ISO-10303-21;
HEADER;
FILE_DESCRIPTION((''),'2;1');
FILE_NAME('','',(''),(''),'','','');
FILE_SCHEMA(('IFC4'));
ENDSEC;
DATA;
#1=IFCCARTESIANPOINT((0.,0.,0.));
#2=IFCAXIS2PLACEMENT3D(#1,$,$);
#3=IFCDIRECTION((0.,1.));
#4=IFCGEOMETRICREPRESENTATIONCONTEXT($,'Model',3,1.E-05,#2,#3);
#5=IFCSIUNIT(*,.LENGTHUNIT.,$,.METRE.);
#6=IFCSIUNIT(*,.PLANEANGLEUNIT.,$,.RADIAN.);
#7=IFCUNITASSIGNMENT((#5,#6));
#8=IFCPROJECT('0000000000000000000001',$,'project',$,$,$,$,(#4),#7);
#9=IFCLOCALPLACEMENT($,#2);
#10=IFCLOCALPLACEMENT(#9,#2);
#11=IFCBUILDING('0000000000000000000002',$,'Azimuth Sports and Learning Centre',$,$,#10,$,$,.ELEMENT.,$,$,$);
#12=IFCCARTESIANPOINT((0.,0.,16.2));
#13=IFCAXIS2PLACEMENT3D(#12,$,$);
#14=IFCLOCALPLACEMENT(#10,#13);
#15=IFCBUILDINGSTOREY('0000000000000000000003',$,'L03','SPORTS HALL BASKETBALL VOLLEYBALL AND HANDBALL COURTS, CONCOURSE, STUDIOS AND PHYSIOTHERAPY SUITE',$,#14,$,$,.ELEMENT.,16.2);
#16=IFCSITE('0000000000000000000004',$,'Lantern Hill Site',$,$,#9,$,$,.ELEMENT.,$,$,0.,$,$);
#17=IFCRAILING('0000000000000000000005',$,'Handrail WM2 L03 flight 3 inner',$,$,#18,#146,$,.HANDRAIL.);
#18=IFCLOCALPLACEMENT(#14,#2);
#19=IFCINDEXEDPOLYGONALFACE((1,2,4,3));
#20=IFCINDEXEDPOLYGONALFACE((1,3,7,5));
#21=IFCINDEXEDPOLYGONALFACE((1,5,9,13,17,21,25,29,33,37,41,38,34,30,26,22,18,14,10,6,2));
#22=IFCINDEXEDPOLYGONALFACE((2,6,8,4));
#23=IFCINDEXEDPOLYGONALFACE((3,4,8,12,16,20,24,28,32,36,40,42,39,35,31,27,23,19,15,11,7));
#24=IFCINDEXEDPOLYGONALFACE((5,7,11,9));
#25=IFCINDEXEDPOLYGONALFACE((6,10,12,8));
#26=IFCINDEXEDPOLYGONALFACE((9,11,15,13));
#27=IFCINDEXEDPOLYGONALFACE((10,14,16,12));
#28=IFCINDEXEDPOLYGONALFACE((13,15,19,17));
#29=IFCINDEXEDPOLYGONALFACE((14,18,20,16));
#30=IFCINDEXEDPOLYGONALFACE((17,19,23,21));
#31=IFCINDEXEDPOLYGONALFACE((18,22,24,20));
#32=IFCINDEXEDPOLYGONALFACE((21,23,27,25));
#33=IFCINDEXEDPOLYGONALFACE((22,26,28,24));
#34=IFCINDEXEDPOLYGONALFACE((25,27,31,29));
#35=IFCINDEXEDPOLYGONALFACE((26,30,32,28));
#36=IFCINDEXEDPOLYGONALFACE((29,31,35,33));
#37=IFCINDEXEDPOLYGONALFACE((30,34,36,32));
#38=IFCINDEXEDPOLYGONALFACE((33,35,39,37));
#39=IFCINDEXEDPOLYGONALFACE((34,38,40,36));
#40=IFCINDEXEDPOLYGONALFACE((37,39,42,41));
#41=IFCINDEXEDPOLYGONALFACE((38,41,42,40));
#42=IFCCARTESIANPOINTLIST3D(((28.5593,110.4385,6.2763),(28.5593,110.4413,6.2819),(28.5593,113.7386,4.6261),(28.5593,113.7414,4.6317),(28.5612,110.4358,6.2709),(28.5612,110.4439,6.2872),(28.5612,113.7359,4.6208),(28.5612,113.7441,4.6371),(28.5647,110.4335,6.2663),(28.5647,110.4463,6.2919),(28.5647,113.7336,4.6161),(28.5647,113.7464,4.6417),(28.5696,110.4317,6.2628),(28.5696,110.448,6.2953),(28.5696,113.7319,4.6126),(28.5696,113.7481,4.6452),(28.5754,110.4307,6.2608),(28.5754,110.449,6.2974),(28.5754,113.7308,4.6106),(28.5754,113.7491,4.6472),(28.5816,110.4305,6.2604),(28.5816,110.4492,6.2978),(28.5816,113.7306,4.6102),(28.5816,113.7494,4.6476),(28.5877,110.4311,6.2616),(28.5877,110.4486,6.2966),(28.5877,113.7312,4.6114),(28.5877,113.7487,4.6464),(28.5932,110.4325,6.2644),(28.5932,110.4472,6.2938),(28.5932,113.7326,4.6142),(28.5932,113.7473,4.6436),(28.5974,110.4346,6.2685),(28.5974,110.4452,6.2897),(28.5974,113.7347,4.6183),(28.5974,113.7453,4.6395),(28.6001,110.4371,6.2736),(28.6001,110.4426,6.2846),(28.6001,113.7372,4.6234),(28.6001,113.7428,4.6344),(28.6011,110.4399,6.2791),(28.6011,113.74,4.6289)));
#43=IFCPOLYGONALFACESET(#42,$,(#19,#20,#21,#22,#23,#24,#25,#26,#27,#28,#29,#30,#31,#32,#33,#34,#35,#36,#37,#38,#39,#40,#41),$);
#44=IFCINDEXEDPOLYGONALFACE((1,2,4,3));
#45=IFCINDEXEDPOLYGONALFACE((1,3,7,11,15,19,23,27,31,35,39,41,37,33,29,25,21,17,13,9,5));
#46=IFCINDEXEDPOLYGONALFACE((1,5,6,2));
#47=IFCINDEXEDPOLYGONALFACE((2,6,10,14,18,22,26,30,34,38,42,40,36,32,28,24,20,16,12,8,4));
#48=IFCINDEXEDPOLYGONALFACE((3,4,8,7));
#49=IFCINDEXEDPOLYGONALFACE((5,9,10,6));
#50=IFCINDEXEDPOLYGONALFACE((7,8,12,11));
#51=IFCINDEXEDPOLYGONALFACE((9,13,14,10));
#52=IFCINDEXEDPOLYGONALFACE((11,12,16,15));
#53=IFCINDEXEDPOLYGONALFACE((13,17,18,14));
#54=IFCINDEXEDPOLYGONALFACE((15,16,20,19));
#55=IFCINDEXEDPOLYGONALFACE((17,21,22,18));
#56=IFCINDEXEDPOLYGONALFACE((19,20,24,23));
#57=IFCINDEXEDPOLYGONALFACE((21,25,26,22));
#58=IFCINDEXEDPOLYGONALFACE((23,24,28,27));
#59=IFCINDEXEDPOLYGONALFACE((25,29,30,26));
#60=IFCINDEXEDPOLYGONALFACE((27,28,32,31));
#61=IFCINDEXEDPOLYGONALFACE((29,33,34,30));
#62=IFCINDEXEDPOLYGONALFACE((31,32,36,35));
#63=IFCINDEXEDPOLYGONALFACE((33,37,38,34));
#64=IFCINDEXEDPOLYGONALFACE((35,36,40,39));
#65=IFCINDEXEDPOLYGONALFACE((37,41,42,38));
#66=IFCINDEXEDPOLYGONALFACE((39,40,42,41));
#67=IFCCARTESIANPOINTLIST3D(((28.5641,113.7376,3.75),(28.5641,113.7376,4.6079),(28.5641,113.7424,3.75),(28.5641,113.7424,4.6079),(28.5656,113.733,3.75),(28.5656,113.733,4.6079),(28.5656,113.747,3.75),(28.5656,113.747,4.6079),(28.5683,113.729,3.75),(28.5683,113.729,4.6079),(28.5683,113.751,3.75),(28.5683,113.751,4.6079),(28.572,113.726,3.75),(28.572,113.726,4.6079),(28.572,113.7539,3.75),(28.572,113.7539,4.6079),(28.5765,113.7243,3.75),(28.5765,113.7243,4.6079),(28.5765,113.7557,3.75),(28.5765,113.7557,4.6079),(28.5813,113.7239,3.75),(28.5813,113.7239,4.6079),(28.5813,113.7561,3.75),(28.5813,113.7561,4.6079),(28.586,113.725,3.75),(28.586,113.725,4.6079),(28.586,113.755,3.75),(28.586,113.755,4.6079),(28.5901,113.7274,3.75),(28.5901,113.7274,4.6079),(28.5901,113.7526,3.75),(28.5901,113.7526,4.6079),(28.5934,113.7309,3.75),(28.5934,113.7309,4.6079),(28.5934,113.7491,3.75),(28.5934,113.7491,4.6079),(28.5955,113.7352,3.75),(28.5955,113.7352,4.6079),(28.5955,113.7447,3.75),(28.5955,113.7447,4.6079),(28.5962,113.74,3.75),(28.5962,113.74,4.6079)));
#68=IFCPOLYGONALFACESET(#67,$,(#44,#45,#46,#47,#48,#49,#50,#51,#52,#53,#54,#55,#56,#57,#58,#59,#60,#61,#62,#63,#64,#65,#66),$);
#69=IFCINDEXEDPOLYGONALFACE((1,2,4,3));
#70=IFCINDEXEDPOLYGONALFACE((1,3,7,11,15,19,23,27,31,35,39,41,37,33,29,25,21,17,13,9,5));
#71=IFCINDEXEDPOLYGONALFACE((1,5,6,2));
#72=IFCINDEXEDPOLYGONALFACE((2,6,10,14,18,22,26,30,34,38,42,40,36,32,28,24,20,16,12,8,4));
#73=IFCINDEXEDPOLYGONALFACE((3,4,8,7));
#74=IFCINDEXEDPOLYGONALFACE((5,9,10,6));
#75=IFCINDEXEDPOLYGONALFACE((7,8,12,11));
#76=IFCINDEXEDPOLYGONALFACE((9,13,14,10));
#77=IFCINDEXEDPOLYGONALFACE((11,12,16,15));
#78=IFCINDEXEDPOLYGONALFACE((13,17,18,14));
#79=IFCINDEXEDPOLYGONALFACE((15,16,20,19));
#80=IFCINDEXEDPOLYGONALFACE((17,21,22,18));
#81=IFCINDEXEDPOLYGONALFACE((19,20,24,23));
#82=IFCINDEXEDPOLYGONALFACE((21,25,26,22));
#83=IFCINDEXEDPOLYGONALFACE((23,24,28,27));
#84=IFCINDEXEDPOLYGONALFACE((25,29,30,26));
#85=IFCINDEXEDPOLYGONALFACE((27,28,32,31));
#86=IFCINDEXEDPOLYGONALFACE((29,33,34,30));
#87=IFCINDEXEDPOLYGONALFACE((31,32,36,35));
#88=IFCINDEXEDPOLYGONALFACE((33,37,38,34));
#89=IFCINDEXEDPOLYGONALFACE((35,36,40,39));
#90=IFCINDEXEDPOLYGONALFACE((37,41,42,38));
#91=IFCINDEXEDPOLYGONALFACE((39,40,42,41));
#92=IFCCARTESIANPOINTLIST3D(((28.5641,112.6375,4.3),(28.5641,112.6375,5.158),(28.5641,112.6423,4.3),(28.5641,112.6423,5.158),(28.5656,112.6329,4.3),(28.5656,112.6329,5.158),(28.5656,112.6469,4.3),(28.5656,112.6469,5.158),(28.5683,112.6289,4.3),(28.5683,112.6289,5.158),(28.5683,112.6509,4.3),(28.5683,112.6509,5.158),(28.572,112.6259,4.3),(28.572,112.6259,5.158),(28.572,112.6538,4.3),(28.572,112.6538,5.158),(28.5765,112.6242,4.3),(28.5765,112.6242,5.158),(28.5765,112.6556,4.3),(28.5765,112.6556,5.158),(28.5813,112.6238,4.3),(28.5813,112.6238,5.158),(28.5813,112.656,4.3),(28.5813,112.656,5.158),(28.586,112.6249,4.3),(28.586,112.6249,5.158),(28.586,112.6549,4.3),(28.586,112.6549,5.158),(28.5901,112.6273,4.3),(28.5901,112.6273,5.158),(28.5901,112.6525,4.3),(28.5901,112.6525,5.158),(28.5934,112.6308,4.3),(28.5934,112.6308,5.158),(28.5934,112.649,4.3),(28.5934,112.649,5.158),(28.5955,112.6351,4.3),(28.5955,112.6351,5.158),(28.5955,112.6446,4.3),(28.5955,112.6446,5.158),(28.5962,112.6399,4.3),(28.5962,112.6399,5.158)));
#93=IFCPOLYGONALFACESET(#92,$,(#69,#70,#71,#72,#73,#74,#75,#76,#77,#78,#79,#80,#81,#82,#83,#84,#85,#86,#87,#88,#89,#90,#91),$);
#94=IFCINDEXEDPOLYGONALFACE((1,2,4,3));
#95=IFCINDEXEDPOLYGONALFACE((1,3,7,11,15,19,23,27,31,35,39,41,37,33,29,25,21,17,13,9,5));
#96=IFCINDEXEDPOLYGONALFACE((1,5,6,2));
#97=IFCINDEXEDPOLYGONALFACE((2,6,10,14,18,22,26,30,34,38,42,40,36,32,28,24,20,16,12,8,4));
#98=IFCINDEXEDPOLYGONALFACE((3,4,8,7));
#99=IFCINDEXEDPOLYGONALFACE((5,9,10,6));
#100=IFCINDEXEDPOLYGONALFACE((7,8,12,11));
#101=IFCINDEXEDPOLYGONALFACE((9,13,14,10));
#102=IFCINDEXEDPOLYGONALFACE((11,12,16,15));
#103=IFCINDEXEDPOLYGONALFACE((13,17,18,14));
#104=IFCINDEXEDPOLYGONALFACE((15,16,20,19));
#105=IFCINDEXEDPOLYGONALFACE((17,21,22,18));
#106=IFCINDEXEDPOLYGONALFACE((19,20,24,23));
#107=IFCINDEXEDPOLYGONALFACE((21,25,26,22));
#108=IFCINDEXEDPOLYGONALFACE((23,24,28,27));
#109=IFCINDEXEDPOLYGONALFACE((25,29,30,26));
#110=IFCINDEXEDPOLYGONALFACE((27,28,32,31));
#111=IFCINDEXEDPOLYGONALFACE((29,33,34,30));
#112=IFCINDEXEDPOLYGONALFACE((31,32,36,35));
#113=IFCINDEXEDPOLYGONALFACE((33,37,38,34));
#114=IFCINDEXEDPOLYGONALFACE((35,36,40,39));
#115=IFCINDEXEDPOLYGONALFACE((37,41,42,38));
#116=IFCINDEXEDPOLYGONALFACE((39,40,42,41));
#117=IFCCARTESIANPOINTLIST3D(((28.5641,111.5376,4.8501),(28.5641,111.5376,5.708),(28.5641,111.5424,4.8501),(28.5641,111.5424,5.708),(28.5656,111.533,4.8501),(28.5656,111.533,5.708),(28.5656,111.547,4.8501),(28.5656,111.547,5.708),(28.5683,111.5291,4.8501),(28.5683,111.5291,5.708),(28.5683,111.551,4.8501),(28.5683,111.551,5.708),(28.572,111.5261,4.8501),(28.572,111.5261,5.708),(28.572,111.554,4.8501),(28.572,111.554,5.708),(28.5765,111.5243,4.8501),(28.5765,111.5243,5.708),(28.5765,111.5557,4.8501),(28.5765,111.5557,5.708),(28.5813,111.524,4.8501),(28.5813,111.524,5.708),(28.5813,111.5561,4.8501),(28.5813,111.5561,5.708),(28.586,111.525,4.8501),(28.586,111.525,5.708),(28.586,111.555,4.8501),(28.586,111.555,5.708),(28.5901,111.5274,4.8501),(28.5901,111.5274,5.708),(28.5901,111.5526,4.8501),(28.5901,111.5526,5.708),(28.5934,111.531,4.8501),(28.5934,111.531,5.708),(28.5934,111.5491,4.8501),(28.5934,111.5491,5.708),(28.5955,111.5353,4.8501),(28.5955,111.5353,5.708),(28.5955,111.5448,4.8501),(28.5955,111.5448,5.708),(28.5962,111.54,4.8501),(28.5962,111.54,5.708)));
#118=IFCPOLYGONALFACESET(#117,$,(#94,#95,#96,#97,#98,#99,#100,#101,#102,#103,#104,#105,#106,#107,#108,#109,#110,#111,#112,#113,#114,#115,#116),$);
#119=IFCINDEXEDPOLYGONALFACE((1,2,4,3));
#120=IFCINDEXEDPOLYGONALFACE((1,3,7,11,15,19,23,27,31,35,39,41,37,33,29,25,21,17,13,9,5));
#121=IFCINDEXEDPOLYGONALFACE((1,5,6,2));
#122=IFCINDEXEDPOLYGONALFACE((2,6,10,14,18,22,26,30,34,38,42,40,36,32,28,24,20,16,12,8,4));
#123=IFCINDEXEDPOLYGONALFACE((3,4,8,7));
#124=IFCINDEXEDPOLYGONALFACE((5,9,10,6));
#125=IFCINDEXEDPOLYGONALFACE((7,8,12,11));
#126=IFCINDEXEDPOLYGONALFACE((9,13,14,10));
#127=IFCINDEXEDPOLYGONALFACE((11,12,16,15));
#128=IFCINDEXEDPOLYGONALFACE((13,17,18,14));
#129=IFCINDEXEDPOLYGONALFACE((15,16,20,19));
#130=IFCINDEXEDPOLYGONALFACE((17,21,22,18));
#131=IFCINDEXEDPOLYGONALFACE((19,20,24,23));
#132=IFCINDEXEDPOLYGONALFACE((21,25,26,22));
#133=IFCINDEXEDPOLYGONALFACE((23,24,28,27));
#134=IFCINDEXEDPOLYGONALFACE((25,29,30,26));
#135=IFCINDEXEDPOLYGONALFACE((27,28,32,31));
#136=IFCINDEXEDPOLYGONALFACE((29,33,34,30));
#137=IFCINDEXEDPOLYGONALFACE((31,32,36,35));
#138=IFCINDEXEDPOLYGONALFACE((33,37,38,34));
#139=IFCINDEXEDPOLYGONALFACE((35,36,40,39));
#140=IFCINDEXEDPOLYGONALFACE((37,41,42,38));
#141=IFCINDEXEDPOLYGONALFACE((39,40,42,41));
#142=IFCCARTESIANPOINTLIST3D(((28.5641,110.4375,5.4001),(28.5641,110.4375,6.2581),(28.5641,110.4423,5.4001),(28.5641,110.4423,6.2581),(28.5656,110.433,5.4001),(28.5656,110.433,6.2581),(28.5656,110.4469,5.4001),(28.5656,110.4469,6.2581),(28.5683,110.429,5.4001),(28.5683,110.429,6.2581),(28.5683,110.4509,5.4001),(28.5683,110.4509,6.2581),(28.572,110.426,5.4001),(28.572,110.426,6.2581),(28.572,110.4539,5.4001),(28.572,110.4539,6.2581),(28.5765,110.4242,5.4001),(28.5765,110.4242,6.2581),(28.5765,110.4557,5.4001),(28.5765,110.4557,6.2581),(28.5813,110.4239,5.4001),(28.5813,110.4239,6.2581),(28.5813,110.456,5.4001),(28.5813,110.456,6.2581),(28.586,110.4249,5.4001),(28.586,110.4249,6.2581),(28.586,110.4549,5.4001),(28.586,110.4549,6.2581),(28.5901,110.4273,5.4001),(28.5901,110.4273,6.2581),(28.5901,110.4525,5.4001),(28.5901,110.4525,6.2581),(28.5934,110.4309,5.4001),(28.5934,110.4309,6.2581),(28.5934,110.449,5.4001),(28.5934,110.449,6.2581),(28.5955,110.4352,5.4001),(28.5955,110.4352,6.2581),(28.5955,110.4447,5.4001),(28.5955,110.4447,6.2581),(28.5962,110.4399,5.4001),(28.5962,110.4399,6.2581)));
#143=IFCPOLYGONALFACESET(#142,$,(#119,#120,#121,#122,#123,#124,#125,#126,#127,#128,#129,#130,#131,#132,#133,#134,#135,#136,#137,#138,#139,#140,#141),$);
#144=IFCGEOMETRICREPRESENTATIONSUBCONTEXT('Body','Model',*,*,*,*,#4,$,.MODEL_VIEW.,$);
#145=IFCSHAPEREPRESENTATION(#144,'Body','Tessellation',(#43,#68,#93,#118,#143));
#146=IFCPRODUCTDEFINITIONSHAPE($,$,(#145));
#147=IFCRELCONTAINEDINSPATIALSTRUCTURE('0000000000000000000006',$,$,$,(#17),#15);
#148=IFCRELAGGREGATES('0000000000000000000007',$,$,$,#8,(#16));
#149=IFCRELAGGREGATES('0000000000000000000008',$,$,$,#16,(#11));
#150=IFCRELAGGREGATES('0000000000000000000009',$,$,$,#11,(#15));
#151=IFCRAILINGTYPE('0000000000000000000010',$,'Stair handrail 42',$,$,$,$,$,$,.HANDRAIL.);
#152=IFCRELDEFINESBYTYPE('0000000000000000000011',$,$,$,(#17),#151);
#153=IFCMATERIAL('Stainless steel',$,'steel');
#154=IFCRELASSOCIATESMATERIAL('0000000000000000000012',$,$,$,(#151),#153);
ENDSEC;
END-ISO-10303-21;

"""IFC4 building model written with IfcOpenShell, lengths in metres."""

from ifc_helpers import new_model, si_unit, direction, frame, origin, origin_2d, place, context, subcontext, project, spatial, circle, extrude, material, type_object, element, save


model = new_model("IFC4")

# Units and contexts
model_context = context("Model", 3, precision=1e-05, world=origin(), true_north=direction((0.0, 1.0)))
body_context = subcontext(model_context, "Body", "Model", "MODEL_VIEW")
ifc_project = project(units=[si_unit("LENGTHUNIT", "METRE"), si_unit("PLANEANGLEUNIT", "RADIAN")], contexts=[model_context])

# Site, building, storey
site_placement = place(None, origin())
site = spatial("IfcSite", under=ifc_project, at=site_placement, Name="Lantern Hill Site", CompositionType="ELEMENT", RefElevation=0.0)
building_placement = place(site_placement, origin())
building = spatial("IfcBuilding", under=site, at=building_placement, Name="Azimuth Sports and Learning Centre", CompositionType="ELEMENT")
storey_placement = place(building_placement, frame((0.0, 0.0, 16.2)))
storey = spatial("IfcBuildingStorey", under=building, at=storey_placement, Name="L03", Description="SPORTS HALL BASKETBALL VOLLEYBALL AND HANDBALL COURTS, CONCOURSE, STUDIOS AND PHYSIOTHERAPY SUITE", CompositionType="ELEMENT", Elevation=16.2)

# Railing
ifc_material_1 = material(Name="Stainless steel", Category="steel")
railing_type_1 = type_object("IfcRailingType", Name="Stair handrail 42", PredefinedType="HANDRAIL", material=ifc_material_1)
for number, where, name in (
    (1, (28.5801, 113.74, 3.75), "Handrail WM2 L03 flight 3 inner"),
):
    element("IfcRailing", number, at=place(storey_placement, frame(where)), inside=storey, type_object=railing_type_1, Name=name, PredefinedType="HANDRAIL", context=body_context, shape_type="SweptSolid", body=[
        extrude(circle(Radius=0.021, at=origin_2d()), frame((0.0, 0.0, 0.8789), z_axis=(0.0, -0.894414, 0.44724), x_axis=(1.0, 0.0, 0.0)), (0.0, 0.0, 1.0), 3.6897),
        extrude(circle(Radius=0.0161, at=origin_2d()), origin(), (0.0, 0.0, 1.0), 0.8579),
        extrude(circle(Radius=0.0161, at=origin_2d()), frame((0.0, -1.1001, 0.55)), (0.0, 0.0, 1.0), 0.8579),
        extrude(circle(Radius=0.0161, at=origin_2d()), frame((0.0, -2.2, 1.1001)), (0.0, 0.0, 1.0), 0.8579),
        extrude(circle(Radius=0.0161, at=origin_2d()), frame((0.0, -3.3, 1.6501)), (0.0, 0.0, 1.0), 0.8579),
    ])

save(model, "model.ifc")
